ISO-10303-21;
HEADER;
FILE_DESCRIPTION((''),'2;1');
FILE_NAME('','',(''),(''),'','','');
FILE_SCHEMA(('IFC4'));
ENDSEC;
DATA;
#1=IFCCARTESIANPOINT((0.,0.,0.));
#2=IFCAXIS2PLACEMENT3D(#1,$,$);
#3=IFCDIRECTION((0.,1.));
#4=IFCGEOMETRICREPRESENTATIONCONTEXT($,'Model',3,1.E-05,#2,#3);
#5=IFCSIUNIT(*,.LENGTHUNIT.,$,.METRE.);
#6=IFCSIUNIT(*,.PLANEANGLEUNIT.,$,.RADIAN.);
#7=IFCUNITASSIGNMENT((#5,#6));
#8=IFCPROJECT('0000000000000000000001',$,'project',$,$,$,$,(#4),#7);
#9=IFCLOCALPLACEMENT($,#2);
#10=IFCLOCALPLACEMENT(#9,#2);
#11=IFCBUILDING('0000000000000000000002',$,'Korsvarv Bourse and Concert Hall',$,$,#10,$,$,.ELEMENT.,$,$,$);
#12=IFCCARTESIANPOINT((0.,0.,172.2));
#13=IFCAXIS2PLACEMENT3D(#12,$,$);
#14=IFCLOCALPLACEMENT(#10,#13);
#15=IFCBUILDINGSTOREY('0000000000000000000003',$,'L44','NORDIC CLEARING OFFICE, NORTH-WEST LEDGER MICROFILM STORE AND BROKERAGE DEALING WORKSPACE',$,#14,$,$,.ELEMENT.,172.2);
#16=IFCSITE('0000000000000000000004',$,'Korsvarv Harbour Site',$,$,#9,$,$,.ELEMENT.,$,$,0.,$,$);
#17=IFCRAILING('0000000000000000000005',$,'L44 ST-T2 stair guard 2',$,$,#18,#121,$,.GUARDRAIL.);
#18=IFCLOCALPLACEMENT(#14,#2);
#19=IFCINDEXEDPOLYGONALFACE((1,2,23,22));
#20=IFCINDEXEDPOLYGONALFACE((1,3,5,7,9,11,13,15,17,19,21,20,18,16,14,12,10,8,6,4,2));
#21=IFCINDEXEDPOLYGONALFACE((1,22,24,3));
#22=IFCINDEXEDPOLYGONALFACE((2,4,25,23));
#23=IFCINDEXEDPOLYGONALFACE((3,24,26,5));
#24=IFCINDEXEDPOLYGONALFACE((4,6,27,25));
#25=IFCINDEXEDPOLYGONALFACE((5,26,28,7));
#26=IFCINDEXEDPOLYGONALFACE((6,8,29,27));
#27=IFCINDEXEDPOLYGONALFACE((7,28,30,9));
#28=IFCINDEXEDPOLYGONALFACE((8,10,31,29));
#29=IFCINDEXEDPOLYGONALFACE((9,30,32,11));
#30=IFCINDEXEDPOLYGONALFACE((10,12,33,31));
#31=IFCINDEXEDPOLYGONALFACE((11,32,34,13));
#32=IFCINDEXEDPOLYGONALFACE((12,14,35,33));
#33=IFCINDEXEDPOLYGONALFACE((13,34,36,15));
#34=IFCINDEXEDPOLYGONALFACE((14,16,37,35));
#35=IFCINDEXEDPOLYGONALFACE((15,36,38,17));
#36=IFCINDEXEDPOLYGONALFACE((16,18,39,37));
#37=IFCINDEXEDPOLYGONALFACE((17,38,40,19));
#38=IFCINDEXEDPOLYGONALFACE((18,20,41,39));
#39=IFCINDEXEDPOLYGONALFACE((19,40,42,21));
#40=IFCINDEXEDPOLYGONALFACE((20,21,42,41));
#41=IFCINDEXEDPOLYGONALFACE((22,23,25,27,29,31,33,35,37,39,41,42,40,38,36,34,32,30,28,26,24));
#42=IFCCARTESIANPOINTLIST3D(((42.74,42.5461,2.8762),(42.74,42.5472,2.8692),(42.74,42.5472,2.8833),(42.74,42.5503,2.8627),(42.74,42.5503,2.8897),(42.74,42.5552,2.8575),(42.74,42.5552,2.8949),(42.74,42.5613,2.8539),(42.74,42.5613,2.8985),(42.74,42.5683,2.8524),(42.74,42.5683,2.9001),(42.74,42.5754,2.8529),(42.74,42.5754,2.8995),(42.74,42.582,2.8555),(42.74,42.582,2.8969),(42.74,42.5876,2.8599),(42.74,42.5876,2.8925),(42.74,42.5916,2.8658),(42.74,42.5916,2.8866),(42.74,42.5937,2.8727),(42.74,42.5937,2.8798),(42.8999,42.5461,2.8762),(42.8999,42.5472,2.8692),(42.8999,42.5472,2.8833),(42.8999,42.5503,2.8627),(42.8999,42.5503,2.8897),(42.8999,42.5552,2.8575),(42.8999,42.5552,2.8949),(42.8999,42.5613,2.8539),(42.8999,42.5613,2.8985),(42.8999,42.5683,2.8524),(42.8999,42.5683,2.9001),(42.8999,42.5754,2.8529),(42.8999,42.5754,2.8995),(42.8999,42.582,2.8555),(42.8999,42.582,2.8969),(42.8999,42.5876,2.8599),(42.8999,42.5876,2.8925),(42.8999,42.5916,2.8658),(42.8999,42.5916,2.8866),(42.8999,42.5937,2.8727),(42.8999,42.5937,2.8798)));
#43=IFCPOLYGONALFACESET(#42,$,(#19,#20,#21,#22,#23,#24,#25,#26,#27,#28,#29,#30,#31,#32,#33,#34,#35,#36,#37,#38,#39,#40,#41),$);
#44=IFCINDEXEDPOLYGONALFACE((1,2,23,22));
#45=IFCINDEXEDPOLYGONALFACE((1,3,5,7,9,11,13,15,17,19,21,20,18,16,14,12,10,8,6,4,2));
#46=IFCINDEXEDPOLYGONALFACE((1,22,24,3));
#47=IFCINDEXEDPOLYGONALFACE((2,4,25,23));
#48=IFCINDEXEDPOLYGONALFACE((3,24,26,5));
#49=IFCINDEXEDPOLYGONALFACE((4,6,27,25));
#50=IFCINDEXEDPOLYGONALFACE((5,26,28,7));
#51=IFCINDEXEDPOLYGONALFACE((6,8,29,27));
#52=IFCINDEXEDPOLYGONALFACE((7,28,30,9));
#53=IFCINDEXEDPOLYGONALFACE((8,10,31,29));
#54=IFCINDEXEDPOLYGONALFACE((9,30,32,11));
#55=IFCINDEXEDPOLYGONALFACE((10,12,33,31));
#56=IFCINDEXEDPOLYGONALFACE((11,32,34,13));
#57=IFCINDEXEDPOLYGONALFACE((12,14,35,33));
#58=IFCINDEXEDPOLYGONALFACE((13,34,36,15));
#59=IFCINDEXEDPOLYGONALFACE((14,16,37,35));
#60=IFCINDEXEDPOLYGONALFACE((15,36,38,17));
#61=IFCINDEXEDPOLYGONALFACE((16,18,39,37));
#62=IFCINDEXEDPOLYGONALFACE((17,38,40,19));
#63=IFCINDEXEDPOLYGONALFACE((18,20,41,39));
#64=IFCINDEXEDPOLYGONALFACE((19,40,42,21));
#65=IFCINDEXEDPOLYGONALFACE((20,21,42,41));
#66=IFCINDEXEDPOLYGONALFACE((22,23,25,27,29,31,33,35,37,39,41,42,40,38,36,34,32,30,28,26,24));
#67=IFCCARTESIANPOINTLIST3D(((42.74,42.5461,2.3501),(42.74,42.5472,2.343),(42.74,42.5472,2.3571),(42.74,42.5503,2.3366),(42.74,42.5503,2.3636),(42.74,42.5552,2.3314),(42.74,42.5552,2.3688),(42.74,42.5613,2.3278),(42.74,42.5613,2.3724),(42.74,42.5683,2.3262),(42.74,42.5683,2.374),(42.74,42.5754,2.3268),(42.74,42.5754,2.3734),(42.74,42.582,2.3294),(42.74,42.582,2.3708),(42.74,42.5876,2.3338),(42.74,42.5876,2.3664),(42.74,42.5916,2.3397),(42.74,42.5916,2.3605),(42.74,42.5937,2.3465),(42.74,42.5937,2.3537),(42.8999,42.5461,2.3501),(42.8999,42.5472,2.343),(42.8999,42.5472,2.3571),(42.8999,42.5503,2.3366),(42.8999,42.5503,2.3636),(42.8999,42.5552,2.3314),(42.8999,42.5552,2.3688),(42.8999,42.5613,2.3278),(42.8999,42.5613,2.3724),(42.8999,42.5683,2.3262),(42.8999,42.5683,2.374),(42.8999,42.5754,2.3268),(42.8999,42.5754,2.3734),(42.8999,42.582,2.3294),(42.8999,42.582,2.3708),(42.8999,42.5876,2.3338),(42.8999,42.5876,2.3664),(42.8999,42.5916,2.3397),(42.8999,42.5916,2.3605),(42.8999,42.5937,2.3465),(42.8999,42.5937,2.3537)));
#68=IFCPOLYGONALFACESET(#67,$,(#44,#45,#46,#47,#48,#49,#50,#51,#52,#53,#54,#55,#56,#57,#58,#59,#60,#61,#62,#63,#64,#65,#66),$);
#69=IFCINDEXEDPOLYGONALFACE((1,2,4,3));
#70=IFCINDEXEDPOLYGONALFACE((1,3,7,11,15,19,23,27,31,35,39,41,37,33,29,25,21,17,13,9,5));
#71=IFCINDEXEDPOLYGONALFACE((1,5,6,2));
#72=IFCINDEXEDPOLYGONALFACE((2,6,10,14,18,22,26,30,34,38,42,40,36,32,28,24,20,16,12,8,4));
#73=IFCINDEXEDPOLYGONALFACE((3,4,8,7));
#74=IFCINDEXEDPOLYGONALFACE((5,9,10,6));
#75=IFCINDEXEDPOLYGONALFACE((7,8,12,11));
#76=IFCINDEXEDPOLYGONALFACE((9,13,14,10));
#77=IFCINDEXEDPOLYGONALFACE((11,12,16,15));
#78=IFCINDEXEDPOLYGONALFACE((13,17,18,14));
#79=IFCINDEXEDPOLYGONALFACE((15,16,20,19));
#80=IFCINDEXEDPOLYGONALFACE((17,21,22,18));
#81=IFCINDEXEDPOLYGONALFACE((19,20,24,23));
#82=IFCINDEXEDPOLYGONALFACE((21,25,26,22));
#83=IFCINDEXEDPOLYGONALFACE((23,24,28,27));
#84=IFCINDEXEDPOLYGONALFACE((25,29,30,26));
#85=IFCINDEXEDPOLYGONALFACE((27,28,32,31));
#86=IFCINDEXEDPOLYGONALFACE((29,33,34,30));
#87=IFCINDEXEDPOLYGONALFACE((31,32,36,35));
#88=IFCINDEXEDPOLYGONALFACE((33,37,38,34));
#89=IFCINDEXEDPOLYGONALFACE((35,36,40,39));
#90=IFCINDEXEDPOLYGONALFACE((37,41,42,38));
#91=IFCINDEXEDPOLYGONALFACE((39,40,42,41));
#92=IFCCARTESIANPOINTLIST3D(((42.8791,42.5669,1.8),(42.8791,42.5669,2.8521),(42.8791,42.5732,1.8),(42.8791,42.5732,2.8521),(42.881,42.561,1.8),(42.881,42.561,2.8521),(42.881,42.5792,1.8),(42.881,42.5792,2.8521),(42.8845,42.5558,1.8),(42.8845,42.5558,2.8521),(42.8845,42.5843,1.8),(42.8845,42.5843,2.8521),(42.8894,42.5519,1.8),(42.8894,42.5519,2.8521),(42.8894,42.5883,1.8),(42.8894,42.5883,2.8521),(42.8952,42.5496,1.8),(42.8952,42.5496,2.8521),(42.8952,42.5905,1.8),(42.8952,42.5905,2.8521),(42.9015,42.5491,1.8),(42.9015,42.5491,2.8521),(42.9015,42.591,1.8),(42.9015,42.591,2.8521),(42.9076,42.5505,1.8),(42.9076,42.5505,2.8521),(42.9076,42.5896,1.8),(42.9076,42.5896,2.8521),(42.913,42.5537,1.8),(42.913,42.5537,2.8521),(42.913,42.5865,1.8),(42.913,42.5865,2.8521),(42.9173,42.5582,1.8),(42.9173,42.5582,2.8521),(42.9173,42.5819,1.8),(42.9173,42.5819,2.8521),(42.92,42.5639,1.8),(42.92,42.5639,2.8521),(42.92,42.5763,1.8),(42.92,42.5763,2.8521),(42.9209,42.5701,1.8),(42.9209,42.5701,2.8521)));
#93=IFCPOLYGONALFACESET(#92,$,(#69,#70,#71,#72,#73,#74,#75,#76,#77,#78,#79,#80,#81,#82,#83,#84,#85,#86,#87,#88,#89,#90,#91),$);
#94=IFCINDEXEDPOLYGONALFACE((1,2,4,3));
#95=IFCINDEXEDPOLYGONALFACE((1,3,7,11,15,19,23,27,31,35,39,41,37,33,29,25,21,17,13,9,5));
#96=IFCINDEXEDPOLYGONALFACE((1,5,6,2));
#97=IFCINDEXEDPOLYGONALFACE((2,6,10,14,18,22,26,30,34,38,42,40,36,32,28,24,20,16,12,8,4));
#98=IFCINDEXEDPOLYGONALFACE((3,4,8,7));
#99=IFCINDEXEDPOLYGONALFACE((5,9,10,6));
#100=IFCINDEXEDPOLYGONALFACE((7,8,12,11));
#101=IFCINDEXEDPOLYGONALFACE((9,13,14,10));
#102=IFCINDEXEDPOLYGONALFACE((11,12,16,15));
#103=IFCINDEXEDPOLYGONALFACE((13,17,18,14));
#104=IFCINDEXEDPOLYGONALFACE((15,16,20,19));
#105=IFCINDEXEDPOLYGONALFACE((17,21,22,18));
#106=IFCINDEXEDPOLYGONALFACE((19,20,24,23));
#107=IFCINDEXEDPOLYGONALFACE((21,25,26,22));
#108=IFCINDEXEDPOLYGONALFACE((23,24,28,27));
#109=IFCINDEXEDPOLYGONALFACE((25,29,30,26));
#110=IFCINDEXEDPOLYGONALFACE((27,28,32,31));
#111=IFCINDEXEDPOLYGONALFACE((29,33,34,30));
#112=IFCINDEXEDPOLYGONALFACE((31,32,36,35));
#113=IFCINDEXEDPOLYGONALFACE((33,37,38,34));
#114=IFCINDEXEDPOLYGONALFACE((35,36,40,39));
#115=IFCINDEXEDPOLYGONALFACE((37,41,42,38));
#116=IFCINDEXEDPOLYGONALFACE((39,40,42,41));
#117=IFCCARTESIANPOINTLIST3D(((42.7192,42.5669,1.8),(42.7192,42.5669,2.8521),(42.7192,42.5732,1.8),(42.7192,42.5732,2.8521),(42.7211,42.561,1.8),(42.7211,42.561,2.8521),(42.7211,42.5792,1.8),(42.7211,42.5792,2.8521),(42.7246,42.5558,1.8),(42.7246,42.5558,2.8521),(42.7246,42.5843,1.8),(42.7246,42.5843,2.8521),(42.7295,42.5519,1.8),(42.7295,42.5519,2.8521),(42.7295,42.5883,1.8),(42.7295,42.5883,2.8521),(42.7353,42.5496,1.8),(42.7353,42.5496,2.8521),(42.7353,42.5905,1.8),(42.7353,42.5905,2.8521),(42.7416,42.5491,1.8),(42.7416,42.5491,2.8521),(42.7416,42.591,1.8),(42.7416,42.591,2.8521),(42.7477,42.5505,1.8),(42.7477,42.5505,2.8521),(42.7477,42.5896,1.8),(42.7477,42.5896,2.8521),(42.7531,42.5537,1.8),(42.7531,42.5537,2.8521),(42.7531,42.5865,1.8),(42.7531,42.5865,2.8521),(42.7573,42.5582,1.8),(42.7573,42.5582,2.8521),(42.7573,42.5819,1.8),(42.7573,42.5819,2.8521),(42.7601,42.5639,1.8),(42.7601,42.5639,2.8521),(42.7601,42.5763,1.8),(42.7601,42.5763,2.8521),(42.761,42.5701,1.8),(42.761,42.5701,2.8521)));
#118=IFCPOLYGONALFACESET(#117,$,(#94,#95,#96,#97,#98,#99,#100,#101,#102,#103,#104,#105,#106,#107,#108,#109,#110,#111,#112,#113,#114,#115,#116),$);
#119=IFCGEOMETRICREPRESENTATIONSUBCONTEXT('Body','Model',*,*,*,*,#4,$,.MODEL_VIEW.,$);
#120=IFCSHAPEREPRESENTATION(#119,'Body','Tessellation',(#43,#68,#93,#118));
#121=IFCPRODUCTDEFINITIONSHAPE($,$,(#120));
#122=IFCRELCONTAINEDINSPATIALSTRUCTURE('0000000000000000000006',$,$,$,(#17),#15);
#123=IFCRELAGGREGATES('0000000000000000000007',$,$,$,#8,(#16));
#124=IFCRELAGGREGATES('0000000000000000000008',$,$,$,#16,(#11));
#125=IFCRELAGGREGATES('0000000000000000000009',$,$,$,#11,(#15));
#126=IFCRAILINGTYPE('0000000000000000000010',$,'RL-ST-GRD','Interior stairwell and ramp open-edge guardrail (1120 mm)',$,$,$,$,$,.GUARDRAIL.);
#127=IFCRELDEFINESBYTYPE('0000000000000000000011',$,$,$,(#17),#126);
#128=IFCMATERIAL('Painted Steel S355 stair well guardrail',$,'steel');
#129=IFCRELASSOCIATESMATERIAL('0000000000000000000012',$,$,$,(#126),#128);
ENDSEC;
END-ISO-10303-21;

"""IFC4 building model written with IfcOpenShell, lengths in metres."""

from ifc_helpers import new_model, si_unit, direction, frame, origin, origin_2d, place, context, subcontext, project, spatial, circle, extrude, material, type_object, element, save


model = new_model("IFC4")

# Units and contexts
model_context = context("Model", 3, precision=1e-05, world=origin(), true_north=direction((0.0, 1.0)))
body_context = subcontext(model_context, "Body", "Model", "MODEL_VIEW")
ifc_project = project(units=[si_unit("LENGTHUNIT", "METRE"), si_unit("PLANEANGLEUNIT", "RADIAN")], contexts=[model_context])

# Site, building, storey
site_placement = place(None, origin())
site = spatial("IfcSite", under=ifc_project, at=site_placement, Name="Korsvarv Harbour Site", CompositionType="ELEMENT", RefElevation=0.0)
building_placement = place(site_placement, origin())
building = spatial("IfcBuilding", under=site, at=building_placement, Name="Korsvarv Bourse and Concert Hall", CompositionType="ELEMENT")
storey_placement = place(building_placement, frame((0.0, 0.0, 172.2)))
storey = spatial("IfcBuildingStorey", under=building, at=storey_placement, Name="L44", Description="NORDIC CLEARING OFFICE, NORTH-WEST LEDGER MICROFILM STORE AND BROKERAGE DEALING WORKSPACE", CompositionType="ELEMENT", Elevation=172.2)

# Railing
ifc_material_1 = material(Name="Painted Steel S355 stair well guardrail", Category="steel")
railing_type_1 = type_object("IfcRailingType", Name="RL-ST-GRD", Description="Interior stairwell and ramp open-edge guardrail (1120 mm)", PredefinedType="GUARDRAIL", material=ifc_material_1)
railing_1_placement = place(storey_placement, frame((42.8999, 42.5701, 1.8)))
element("IfcRailing", 1, at=railing_1_placement, inside=storey, type_object=railing_type_1, Name="L44 ST-T2 stair guard 2", PredefinedType="GUARDRAIL", context=body_context, shape_type="SweptSolid", body=[
    extrude(circle(Radius=0.0239, at=origin_2d()), frame((0.0, 0.0, 1.0762), z_axis=(-1.0, 0.0, 0.0), x_axis=(0.0, -1.0, 0.0)), (0.0, 0.0, 1.0), 0.1599),
    extrude(circle(Radius=0.0239, at=origin_2d()), frame((0.0, 0.0, 0.55), z_axis=(-1.0, 0.0, 0.0), x_axis=(0.0, -1.0, 0.0)), (0.0, 0.0, 1.0), 0.1599),
    extrude(circle(Radius=0.021, at=origin_2d()), origin(), (0.0, 0.0, 1.0), 1.052),
    extrude(circle(Radius=0.021, at=origin_2d()), frame((-0.1599, 0.0, 0.0)), (0.0, 0.0, 1.0), 1.052),
])

save(model, "model.ifc")
